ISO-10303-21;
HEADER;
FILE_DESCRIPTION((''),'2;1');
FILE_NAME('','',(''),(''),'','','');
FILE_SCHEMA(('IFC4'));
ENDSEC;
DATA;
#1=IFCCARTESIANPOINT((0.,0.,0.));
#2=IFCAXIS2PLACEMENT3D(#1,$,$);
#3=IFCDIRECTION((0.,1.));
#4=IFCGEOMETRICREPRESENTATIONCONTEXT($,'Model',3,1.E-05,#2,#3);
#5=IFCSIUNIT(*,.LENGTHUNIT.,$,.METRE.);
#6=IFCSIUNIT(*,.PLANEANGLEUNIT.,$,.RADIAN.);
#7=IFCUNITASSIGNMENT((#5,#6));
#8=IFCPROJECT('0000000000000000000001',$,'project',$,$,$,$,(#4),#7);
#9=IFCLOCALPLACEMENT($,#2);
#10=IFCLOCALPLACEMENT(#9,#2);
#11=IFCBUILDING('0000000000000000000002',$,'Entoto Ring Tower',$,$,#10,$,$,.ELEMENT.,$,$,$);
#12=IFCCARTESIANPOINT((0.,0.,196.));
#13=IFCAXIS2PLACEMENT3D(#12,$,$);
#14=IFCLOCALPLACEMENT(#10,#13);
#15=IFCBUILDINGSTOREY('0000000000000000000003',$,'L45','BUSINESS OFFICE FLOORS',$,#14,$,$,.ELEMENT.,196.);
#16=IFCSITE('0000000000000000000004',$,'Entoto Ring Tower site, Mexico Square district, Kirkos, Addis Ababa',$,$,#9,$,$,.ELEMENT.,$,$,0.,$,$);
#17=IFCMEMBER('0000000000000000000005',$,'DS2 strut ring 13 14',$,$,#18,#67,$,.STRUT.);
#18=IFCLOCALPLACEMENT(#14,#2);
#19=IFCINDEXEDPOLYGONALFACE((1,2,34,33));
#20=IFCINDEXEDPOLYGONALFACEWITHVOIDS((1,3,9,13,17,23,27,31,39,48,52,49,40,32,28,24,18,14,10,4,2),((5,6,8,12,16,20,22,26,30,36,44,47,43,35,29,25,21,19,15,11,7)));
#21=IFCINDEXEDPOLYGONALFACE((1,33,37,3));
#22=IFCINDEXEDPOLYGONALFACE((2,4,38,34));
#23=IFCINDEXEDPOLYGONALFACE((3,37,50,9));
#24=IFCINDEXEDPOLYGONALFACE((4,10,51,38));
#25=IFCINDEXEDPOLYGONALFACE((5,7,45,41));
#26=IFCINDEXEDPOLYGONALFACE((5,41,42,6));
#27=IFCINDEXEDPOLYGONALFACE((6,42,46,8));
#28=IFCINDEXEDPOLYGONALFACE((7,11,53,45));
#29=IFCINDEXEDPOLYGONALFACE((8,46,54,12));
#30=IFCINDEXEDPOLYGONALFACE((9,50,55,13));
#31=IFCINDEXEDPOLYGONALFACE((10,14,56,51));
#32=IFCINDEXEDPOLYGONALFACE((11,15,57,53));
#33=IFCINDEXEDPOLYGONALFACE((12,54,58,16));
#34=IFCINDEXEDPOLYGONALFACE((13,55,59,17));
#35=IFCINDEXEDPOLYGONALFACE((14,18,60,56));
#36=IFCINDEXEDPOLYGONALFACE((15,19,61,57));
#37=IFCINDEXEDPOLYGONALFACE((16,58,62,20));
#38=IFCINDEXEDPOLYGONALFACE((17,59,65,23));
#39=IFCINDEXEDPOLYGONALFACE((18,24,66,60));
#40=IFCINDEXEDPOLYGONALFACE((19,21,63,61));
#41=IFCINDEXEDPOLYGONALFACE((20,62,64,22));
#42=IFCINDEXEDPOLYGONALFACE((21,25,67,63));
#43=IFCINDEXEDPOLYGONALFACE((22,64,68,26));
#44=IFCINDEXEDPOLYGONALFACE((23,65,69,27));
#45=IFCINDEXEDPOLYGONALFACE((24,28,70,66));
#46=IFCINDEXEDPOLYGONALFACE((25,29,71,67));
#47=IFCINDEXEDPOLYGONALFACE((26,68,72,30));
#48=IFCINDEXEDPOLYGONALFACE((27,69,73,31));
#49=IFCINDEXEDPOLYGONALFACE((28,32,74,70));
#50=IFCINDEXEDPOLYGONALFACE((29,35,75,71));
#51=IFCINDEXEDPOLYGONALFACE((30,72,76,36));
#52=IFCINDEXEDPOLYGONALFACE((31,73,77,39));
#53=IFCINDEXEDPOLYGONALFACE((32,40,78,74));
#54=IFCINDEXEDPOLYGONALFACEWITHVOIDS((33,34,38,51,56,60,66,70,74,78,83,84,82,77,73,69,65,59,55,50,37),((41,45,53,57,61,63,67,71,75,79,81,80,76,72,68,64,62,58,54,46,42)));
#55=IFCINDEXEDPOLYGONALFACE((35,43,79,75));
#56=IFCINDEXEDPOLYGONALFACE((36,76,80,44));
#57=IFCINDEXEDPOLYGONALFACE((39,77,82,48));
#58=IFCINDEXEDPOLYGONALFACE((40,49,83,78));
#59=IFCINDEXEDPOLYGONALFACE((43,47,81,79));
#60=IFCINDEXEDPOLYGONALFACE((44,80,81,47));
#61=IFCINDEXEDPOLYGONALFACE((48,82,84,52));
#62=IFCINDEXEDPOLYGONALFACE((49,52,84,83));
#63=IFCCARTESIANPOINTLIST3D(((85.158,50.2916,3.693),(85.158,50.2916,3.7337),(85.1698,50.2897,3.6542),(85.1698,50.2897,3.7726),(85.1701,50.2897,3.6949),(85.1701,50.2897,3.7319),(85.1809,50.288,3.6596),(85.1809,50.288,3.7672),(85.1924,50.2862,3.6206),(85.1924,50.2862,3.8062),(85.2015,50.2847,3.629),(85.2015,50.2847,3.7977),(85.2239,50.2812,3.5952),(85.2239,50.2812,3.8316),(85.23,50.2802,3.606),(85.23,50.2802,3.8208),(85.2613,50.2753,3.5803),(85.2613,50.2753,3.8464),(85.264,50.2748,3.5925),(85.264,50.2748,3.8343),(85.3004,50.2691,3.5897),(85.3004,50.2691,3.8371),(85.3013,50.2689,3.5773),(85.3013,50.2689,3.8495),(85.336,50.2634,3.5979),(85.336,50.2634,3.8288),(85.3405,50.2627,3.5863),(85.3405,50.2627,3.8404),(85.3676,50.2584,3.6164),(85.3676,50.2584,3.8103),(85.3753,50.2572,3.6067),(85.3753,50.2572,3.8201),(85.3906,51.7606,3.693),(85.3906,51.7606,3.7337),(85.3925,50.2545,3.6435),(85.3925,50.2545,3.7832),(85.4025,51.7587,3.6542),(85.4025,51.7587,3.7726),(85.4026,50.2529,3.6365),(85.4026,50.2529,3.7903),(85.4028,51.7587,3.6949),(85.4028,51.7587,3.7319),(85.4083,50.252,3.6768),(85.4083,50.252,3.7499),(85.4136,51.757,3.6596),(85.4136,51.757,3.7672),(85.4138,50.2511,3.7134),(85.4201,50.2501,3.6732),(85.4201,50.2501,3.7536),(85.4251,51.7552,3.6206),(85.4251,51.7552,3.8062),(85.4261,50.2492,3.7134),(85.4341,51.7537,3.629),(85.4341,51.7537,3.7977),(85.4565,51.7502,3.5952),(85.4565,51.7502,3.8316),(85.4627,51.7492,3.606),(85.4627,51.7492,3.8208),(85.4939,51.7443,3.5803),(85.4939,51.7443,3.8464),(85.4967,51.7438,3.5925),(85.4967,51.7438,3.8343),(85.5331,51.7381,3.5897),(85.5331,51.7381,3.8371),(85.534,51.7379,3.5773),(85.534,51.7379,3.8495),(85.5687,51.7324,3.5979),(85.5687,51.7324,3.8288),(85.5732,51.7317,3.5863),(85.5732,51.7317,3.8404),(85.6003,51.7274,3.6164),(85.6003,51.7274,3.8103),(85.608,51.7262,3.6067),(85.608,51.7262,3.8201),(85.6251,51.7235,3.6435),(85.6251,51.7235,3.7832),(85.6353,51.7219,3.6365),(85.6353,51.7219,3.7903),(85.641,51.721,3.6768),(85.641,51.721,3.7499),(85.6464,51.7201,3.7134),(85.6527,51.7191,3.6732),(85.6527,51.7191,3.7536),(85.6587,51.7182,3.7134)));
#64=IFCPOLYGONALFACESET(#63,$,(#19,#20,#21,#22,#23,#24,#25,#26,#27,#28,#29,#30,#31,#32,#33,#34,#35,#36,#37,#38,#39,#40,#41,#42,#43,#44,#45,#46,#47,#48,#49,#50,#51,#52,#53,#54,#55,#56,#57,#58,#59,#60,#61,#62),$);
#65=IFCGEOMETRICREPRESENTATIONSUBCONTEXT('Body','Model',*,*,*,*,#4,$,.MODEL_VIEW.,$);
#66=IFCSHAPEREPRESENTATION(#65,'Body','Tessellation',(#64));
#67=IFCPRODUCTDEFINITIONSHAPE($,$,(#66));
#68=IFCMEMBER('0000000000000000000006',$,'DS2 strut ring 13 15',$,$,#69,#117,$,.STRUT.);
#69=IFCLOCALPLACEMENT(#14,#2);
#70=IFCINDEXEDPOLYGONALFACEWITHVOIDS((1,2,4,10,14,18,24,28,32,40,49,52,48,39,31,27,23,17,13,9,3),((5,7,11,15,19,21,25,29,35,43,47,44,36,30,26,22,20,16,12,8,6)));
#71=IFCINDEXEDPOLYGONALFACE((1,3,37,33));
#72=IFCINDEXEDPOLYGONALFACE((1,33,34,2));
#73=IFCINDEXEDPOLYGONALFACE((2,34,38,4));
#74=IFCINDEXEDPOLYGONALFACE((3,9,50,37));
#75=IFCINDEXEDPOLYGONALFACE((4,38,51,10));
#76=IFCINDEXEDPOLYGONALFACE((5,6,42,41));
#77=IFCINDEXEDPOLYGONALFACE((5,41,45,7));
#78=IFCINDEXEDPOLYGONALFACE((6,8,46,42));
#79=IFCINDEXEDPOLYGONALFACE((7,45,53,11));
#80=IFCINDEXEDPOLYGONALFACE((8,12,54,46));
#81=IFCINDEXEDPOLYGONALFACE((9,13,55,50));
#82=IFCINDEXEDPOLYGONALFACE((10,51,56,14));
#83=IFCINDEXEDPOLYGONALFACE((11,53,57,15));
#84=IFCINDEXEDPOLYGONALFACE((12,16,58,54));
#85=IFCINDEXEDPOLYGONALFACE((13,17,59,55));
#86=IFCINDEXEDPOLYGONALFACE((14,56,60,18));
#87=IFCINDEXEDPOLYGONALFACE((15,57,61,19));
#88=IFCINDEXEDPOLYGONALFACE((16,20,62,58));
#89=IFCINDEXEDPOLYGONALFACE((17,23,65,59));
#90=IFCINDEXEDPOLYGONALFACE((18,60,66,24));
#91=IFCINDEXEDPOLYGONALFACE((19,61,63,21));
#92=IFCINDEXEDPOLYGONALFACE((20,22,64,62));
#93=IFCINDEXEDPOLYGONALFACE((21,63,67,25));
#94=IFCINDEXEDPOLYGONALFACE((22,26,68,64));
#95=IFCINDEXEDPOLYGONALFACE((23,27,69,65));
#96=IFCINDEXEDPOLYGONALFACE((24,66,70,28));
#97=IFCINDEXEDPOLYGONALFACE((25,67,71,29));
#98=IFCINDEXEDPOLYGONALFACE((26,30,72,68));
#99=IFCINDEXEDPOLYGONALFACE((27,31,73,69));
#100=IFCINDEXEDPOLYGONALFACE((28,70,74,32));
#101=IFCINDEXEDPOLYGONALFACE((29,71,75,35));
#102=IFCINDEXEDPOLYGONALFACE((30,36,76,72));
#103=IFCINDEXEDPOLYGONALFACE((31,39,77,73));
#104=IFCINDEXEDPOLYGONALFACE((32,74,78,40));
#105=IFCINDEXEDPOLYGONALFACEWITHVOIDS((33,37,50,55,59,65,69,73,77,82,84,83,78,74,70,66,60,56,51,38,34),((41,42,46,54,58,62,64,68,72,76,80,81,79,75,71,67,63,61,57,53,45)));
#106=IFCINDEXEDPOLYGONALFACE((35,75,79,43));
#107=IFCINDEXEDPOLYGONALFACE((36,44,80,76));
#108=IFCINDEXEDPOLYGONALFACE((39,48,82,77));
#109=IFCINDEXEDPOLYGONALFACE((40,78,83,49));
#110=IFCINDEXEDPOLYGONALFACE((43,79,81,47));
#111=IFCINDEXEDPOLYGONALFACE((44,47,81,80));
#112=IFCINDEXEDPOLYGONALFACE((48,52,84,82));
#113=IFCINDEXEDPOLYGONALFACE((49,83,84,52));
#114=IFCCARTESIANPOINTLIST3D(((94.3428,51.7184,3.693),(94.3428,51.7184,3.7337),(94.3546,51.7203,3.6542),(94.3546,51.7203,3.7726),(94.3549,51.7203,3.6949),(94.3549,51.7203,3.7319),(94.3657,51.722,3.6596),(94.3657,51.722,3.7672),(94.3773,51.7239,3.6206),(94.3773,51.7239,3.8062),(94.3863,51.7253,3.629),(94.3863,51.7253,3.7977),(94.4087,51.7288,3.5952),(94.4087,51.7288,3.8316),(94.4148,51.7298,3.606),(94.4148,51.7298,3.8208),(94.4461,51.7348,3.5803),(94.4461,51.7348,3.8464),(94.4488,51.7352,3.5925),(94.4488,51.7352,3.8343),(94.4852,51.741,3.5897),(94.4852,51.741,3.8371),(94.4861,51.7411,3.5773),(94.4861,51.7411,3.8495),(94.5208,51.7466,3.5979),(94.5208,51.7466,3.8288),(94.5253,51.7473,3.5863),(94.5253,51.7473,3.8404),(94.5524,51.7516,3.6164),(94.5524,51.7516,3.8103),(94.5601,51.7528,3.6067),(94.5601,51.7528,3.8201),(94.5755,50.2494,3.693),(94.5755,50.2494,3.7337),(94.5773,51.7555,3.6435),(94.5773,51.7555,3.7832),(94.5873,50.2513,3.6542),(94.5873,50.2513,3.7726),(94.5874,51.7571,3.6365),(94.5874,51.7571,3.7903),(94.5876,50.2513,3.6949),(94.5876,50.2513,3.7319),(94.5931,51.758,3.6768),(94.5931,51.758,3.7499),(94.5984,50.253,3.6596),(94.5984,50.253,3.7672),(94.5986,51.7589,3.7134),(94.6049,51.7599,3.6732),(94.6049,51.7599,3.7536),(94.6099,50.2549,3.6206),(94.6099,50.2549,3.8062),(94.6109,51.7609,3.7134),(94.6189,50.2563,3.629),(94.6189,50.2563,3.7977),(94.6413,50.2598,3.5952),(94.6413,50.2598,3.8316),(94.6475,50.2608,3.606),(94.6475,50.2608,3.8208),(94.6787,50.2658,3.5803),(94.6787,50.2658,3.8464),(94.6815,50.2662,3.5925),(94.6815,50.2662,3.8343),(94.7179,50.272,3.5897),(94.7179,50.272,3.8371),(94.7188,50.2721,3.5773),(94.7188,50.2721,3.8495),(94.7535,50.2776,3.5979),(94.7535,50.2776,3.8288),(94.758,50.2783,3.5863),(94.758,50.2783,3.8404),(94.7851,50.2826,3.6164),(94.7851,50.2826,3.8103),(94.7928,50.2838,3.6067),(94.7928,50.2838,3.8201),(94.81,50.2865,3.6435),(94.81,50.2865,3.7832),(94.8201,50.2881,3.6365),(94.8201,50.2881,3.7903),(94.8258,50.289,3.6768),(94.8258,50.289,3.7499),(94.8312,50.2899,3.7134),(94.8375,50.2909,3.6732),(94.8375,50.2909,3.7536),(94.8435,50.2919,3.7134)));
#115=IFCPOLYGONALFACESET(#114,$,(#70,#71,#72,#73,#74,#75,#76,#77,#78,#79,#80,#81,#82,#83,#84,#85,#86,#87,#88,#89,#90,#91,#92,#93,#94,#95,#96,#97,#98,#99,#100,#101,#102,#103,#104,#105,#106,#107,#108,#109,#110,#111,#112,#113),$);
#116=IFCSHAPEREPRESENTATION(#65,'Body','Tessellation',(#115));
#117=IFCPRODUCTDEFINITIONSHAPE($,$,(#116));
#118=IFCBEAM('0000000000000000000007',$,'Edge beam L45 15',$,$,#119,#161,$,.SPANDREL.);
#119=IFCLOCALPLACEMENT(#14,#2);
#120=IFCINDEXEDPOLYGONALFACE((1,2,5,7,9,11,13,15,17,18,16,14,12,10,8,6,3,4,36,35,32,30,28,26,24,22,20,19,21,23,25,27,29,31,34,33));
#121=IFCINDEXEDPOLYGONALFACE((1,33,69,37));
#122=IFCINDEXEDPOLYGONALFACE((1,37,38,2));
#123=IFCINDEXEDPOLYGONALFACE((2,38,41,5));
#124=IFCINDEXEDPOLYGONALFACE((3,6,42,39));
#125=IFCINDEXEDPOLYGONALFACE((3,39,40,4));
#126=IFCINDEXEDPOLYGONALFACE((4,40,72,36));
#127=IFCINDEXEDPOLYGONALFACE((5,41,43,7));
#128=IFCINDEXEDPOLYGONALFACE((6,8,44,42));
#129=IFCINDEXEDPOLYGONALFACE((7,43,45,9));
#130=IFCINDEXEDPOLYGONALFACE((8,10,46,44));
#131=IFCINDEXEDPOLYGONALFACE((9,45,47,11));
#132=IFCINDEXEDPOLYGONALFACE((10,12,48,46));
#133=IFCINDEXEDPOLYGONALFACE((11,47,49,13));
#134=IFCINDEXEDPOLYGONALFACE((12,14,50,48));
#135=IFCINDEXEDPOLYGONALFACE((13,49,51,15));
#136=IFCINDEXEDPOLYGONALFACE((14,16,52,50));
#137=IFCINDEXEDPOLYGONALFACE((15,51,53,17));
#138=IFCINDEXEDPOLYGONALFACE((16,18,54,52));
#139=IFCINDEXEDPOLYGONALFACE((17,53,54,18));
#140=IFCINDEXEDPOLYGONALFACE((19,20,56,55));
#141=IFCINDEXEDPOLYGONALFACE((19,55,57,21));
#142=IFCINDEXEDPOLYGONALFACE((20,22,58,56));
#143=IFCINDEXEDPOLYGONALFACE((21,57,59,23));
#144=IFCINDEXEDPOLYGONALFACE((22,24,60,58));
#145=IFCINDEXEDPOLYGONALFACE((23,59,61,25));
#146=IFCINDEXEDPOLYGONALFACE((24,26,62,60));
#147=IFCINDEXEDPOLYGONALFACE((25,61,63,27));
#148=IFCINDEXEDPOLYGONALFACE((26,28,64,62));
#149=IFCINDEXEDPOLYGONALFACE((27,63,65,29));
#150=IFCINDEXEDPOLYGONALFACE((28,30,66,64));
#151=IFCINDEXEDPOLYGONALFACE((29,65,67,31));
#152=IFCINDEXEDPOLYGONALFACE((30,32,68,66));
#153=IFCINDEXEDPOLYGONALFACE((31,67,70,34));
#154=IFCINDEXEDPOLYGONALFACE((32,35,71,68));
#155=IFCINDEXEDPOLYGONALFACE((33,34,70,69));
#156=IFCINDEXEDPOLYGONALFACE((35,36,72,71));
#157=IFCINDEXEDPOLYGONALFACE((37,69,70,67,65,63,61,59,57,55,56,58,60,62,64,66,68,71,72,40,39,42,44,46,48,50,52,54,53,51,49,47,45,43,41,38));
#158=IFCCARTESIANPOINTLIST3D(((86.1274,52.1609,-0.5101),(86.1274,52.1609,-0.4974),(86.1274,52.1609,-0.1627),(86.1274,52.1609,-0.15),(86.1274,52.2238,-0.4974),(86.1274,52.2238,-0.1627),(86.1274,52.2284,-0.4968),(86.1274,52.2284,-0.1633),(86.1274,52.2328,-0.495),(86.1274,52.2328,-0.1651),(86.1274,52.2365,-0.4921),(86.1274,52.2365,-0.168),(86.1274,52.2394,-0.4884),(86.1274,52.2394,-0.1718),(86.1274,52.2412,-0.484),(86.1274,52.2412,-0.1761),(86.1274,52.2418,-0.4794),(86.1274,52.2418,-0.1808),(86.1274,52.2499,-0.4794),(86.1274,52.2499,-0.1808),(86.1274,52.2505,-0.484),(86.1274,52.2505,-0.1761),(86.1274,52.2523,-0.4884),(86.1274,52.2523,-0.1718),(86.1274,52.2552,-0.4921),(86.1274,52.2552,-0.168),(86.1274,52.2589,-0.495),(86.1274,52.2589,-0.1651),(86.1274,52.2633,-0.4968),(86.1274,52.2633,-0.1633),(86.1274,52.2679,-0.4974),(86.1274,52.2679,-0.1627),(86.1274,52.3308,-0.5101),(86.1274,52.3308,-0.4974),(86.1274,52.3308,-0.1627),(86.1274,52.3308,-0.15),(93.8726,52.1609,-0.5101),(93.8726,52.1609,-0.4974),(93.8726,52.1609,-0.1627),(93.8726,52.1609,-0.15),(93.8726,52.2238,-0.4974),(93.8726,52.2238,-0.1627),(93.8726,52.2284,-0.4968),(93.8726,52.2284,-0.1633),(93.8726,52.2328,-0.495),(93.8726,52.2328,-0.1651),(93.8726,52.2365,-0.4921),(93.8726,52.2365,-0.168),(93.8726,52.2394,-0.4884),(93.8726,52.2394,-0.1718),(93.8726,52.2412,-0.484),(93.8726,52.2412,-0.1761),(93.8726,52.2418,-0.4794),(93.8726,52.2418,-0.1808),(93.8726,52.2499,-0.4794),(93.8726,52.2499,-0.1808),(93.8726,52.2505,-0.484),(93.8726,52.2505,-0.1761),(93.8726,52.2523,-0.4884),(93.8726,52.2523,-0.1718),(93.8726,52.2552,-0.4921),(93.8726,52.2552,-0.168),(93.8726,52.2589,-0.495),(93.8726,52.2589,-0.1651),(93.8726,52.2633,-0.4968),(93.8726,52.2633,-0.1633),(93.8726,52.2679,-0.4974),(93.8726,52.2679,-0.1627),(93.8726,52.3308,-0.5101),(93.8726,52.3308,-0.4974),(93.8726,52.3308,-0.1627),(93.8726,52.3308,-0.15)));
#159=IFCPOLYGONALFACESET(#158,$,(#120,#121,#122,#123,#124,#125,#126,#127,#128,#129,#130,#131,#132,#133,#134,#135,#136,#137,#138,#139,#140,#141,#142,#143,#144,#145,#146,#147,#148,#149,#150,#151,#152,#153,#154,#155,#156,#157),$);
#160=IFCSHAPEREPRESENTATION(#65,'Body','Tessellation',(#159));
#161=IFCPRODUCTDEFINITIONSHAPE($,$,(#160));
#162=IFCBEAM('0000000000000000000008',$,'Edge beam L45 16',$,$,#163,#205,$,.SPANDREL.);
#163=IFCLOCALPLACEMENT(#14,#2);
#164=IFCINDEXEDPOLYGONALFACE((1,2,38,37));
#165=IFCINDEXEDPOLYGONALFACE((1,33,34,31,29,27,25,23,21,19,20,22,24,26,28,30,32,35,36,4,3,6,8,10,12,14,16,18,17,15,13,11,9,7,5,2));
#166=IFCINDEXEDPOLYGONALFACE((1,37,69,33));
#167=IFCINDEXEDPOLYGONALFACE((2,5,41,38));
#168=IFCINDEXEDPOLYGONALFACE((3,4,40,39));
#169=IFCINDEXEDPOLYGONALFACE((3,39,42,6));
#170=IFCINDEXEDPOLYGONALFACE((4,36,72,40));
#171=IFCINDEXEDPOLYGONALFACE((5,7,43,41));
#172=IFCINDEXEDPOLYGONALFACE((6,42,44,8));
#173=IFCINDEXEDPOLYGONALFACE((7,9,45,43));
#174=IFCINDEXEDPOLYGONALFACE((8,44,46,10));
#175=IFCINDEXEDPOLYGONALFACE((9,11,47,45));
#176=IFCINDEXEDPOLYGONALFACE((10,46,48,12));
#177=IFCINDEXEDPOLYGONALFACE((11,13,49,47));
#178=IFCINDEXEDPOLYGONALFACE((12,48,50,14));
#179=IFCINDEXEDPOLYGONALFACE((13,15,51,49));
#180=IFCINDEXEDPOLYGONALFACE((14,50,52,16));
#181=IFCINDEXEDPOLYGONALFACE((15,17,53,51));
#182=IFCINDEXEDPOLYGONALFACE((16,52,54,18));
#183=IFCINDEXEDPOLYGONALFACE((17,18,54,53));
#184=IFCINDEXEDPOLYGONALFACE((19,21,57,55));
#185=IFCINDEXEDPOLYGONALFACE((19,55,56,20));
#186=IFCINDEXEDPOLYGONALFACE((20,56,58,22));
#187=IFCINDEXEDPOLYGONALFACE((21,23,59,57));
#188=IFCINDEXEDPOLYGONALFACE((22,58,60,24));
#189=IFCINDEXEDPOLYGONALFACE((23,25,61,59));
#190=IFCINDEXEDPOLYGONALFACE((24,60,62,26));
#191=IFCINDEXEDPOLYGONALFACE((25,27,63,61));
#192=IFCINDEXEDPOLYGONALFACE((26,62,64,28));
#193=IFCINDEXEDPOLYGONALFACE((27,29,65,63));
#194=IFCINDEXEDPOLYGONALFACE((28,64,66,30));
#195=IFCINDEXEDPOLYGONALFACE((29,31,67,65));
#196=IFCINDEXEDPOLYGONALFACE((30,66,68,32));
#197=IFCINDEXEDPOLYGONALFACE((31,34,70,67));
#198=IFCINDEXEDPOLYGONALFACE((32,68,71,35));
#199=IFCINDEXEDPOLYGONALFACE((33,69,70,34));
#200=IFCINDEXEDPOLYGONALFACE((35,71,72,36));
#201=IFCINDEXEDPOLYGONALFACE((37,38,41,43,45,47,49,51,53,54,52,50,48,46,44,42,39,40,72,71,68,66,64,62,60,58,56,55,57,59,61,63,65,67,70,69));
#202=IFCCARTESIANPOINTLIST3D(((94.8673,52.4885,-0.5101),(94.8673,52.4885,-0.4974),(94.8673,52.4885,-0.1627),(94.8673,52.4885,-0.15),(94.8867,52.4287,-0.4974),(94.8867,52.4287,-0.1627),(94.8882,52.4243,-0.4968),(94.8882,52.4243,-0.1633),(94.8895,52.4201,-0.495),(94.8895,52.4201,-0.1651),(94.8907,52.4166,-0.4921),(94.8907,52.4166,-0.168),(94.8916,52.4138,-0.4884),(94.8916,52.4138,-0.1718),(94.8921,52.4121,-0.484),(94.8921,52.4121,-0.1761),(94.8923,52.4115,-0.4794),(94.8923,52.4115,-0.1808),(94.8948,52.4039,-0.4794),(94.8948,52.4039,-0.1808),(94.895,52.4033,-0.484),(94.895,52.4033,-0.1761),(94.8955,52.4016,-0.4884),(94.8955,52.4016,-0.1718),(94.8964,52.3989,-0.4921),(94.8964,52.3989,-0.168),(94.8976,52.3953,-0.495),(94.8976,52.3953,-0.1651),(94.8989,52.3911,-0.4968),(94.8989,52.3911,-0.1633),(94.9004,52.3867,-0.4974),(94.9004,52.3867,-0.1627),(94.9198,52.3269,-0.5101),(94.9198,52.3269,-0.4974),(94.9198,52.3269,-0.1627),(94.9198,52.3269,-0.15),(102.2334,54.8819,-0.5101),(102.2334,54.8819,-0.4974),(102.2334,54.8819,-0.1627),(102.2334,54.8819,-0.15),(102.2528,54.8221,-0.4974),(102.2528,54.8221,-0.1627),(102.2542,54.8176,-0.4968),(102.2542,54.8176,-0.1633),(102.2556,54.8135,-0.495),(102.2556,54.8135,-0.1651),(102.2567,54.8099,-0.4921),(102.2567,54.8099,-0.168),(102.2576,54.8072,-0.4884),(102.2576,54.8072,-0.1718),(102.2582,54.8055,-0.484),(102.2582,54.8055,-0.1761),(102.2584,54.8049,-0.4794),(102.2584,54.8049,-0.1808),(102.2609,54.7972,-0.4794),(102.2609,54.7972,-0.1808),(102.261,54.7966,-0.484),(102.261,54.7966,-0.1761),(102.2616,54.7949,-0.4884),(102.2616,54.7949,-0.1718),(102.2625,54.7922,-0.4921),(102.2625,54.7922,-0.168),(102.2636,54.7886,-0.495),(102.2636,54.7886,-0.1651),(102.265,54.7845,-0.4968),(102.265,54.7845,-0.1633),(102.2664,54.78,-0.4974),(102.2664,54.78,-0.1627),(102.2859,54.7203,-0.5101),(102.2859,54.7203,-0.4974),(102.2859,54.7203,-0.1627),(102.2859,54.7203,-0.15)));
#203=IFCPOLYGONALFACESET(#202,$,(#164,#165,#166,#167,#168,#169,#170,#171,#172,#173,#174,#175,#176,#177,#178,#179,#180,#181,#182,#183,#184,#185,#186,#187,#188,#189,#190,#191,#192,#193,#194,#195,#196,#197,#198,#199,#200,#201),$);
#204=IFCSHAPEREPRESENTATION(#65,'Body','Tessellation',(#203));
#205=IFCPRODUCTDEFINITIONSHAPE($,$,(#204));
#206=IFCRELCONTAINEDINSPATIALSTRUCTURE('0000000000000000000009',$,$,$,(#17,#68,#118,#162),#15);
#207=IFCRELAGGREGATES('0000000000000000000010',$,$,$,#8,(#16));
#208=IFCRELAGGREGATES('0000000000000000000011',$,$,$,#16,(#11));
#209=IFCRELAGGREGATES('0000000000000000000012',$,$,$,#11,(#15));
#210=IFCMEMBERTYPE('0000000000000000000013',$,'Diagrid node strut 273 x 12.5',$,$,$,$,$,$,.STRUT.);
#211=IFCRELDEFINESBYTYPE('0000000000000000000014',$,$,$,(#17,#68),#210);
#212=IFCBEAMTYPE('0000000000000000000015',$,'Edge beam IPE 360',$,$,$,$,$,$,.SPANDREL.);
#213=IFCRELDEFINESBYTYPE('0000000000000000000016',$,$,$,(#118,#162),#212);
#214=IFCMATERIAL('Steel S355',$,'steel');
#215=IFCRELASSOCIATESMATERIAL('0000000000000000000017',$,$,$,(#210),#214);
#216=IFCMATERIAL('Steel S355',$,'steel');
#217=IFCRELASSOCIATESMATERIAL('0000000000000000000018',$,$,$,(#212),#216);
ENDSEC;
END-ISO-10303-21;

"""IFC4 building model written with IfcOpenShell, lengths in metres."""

from ifc_helpers import new_model, si_unit, direction, frame, origin, origin_2d, place, context, subcontext, project, spatial, circle, hollow_circle, i_section, extrude, material, material_profile, profile_set, type_object, element, save


model = new_model("IFC4")

# Units and contexts
model_context = context("Model", 3, precision=1e-05, world=origin(), true_north=direction((0.0, 1.0)))
body_context = subcontext(model_context, "Body", "Model", "MODEL_VIEW")
ifc_project = project(units=[si_unit("LENGTHUNIT", "METRE"), si_unit("PLANEANGLEUNIT", "RADIAN")], contexts=[model_context])

# Site, building, storey
site_placement = place(None, origin())
site = spatial("IfcSite", under=ifc_project, at=site_placement, Name="Entoto Ring Tower site, Mexico Square district, Kirkos, Addis Ababa", CompositionType="ELEMENT", RefElevation=0.0)
building_placement = place(site_placement, origin())
building = spatial("IfcBuilding", under=site, at=building_placement, Name="Entoto Ring Tower", CompositionType="ELEMENT")
storey_placement = place(building_placement, frame((0.0, 0.0, 196.0)))
storey = spatial("IfcBuildingStorey", under=building, at=storey_placement, Name="L45", Description="BUSINESS OFFICE FLOORS", CompositionType="ELEMENT", Elevation=196.0)

# Members
ifc_material_1 = material(Name="Steel S355", Category="steel")
ifc_material_profile_1 = material_profile(ifc_material_1, hollow_circle(Radius=0.1365, WallThickness=0.0125, at=origin_2d()), Name="CHS 273 x 12.5")
ifc_material_2 = material(Name="Concrete C60/75", Category="concrete")
ifc_material_profile_2 = material_profile(ifc_material_2, circle(Radius=0.124, at=origin_2d()), Name="Concrete C60/75 infill")
ifc_profile_set_1 = profile_set([ifc_material_profile_1, ifc_material_profile_2], Name="Steel S355")
member_type = type_object("IfcMemberType", Name="Diagrid node strut 273 x 12.5", PredefinedType="STRUT", material=ifc_profile_set_1)
for number, where, z_axis, x_axis, name in (
    (1, (85.5239, 51.7395, 3.7134), (-0.156435, -0.987688, 0.0), (0.987688, -0.156435, 0.0), "DS2 strut ring 13 14"),
    (2, (94.4761, 51.7395, 3.7134), (0.156435, -0.987688, 0.0), (0.987688, 0.156435, 0.0), "DS2 strut ring 13 15"),
):
    element("IfcMember", number, at=place(storey_placement, frame(where, z_axis=z_axis, x_axis=x_axis)), inside=storey, type_object=member_type, Name=name, PredefinedType="STRUT", context=body_context, shape_type="SweptSolid", body=[
        extrude(hollow_circle(Radius=0.1365, WallThickness=0.0125, at=origin_2d()), origin(), (0.0, 0.0, 1.0), 1.4873),
    ])

# Beams
ifc_material_3 = material(Name="Steel S355", Category="steel")
ifc_material_profile_3 = material_profile(ifc_material_3, i_section(OverallWidth=0.1699, OverallDepth=0.3601, WebThickness=0.0081, FlangeThickness=0.0127, FilletRadius=0.0181, at=origin_2d()), Name="IPE 360")
ifc_profile_set_2 = profile_set([ifc_material_profile_3], Name="Steel S355")
beam_type_1 = type_object("IfcBeamType", Name="Edge beam IPE 360", PredefinedType="SPANDREL", material=ifc_profile_set_2)
for number, where, z_axis, x_axis, name in (
    (3, (86.1274, 52.2458, -0.3301), (1.0, 0.0, 0.0), (0.0, 1.0, 0.0), "Edge beam L45 15"),
    (4, (94.8936, 52.4077, -0.3301), (0.951058, 0.309013, 0.0), (-0.309013, 0.951058, 0.0), "Edge beam L45 16"),
):
    element("IfcBeam", number, at=place(storey_placement, frame(where, z_axis=z_axis, x_axis=x_axis)), inside=storey, type_object=beam_type_1, Name=name, PredefinedType="SPANDREL", context=body_context, shape_type="SweptSolid", body=[
        extrude(i_section(OverallWidth=0.1699, OverallDepth=0.3601, WebThickness=0.0081, FlangeThickness=0.0127, FilletRadius=0.0181, at=origin_2d()), origin(), (0.0, 0.0, 1.0), 7.7451),
    ])

save(model, "model.ifc")
